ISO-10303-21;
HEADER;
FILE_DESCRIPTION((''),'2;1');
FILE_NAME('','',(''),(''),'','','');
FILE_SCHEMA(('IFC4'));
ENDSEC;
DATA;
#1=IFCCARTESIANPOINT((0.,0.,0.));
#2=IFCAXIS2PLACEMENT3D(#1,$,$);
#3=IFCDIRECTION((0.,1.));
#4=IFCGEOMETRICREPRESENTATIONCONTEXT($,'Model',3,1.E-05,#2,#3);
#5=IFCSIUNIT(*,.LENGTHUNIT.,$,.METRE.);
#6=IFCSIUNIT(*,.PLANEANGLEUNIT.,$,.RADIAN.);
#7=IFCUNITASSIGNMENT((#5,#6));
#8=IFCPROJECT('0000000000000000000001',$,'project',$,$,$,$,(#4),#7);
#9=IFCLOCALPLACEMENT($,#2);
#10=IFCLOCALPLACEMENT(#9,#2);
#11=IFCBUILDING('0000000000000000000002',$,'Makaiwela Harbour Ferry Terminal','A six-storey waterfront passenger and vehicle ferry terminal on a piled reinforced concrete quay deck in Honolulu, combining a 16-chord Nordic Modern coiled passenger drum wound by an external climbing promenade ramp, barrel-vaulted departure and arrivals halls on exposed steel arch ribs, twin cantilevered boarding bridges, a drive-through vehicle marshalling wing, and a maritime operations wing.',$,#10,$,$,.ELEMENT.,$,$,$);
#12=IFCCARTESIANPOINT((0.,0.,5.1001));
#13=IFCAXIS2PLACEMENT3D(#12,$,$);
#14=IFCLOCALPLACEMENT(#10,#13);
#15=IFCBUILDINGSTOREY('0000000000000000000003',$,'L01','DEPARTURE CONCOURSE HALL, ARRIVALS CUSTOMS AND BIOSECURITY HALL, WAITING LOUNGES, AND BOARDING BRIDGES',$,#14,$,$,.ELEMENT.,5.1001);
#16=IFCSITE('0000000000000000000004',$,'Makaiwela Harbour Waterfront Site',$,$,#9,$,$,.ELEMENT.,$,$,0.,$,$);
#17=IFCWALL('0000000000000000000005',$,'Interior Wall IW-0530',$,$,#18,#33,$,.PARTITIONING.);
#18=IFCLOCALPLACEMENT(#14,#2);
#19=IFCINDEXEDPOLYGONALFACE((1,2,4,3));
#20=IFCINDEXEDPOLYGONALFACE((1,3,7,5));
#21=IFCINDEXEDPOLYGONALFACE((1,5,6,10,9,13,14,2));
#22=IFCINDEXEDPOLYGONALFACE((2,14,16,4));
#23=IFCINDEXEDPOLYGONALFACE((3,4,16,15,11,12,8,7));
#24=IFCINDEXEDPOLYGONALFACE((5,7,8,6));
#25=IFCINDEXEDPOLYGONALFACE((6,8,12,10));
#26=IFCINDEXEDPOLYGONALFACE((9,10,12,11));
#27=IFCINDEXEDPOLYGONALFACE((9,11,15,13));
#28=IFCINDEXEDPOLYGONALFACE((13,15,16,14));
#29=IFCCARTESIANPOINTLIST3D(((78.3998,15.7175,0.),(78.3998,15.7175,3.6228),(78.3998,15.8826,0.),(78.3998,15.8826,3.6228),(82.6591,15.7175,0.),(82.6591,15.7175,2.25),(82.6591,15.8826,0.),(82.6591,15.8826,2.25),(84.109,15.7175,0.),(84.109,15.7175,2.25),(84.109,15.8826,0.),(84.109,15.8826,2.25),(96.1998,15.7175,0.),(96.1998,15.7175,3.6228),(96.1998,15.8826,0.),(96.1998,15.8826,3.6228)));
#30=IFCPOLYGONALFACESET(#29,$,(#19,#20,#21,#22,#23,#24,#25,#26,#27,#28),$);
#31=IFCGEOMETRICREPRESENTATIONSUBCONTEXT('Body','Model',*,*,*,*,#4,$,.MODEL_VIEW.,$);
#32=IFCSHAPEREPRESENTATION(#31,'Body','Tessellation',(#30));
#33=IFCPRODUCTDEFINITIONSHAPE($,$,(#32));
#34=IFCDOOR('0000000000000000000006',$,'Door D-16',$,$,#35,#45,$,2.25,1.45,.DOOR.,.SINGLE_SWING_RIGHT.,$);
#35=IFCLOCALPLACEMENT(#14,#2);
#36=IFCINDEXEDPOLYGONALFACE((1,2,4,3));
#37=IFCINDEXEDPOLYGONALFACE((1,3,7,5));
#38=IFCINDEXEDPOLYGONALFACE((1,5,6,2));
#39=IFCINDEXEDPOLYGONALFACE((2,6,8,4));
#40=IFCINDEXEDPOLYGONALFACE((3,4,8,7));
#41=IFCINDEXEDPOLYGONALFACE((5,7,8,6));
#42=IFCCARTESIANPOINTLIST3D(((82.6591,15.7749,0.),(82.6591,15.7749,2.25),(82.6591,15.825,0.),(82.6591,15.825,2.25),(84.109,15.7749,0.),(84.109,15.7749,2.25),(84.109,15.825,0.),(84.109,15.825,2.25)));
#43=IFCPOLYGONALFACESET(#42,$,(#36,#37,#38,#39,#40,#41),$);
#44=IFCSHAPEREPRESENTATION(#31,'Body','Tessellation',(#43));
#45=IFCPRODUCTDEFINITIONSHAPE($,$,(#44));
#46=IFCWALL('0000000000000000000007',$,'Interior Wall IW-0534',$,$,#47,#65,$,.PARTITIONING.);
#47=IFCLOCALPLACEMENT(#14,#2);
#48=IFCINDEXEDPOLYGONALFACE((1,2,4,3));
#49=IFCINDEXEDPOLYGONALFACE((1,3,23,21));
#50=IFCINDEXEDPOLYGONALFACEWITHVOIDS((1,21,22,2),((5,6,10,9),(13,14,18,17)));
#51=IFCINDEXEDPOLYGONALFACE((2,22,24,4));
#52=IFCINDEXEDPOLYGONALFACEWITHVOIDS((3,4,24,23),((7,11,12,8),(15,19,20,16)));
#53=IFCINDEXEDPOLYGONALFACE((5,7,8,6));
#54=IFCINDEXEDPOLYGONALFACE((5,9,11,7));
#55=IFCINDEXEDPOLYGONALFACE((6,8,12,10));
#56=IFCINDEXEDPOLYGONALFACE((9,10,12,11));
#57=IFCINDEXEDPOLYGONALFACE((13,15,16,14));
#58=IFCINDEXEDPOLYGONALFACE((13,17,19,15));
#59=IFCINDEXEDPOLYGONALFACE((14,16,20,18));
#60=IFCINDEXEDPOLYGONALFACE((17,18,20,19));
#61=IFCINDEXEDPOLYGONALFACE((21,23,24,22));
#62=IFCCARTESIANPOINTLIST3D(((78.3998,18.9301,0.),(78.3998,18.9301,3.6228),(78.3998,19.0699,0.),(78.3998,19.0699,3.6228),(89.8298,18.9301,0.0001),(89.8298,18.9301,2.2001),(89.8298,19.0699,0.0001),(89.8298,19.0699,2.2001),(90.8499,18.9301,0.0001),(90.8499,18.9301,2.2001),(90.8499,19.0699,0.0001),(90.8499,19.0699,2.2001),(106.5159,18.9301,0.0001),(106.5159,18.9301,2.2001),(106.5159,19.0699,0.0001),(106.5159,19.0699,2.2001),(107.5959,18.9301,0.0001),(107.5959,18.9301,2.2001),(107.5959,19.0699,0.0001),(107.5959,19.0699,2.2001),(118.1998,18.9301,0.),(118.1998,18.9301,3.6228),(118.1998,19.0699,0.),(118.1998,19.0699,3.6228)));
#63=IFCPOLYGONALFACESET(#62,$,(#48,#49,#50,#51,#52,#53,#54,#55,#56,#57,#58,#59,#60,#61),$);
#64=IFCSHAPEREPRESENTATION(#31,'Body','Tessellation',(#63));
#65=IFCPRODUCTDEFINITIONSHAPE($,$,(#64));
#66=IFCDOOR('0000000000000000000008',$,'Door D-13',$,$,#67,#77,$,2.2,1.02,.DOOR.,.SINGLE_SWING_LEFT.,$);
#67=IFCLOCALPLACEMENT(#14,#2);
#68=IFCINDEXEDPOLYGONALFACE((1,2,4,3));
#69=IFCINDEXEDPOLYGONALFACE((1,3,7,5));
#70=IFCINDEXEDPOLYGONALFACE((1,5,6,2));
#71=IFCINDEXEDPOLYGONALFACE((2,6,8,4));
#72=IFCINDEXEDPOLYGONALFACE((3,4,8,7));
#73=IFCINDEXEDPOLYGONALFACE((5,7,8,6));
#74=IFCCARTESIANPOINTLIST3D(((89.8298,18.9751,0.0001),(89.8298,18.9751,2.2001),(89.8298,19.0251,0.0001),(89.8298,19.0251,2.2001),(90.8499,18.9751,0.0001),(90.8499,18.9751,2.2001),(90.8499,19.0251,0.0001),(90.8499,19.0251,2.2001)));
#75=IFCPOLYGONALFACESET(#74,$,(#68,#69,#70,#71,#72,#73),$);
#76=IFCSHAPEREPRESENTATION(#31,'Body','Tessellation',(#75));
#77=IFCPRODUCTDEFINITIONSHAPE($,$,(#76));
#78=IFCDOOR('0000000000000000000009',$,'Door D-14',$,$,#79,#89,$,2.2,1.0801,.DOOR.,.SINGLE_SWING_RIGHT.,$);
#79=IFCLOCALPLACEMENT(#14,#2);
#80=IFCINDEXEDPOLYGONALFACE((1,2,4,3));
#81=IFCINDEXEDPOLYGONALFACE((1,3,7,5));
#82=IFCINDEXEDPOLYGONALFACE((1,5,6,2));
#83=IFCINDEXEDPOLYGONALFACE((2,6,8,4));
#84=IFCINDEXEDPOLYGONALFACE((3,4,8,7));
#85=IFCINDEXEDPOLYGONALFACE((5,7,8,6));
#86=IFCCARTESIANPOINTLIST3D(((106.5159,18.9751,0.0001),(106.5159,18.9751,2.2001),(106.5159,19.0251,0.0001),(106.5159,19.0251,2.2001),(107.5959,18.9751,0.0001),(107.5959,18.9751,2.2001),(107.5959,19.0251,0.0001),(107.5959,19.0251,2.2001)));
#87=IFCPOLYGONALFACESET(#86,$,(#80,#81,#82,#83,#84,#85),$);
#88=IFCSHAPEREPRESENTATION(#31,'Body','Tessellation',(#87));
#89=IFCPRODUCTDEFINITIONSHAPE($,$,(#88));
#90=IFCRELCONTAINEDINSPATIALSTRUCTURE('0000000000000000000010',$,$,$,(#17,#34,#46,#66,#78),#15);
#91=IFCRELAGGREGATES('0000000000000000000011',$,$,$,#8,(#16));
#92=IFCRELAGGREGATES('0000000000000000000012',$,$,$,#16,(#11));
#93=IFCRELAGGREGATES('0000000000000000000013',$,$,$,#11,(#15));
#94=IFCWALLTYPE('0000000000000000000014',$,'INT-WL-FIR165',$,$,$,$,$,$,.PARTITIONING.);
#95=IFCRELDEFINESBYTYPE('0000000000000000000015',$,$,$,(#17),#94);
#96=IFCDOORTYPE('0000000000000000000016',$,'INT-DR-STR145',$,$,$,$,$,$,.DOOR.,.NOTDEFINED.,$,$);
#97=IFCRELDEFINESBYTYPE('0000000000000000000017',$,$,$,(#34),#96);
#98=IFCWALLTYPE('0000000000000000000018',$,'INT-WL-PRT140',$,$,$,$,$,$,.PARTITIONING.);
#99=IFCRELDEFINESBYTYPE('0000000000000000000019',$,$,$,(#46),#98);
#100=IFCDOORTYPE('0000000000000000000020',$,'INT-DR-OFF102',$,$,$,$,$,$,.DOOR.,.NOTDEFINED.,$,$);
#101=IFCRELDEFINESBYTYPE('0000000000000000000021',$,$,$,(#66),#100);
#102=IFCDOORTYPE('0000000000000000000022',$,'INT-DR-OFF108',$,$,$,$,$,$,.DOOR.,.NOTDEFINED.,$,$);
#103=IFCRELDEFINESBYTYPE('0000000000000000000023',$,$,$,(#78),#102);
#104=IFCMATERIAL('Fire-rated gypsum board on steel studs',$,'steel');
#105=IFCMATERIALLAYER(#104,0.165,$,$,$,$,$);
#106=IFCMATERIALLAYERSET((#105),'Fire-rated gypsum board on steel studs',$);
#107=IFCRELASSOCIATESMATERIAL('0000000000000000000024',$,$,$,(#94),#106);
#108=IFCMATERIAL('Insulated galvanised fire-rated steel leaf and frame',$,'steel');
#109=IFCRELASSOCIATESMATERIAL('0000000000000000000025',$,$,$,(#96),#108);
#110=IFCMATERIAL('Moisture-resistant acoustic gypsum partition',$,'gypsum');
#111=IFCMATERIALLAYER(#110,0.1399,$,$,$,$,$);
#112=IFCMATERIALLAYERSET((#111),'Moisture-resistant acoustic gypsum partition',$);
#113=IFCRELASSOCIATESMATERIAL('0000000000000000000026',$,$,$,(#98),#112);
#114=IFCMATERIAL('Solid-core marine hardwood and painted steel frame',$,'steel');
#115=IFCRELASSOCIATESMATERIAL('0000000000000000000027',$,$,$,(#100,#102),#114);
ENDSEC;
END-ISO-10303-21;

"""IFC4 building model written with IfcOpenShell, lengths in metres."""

from ifc_helpers import new_model, si_unit, direction, frame, frame_2d, origin, place, context, subcontext, project, spatial, rectangle, extrude, material, layer, layer_set, type_object, element, fill, save


model = new_model("IFC4")

# Units and contexts
model_context = context("Model", 3, precision=1e-05, world=origin(), true_north=direction((0.0, 1.0)))
body_context = subcontext(model_context, "Body", "Model", "MODEL_VIEW")
ifc_project = project(units=[si_unit("LENGTHUNIT", "METRE"), si_unit("PLANEANGLEUNIT", "RADIAN")], contexts=[model_context])

# Site, building, storey
site_placement = place(None, origin())
site = spatial("IfcSite", under=ifc_project, at=site_placement, Name="Makaiwela Harbour Waterfront Site", CompositionType="ELEMENT", RefElevation=0.0)
building_placement = place(site_placement, origin())
building = spatial("IfcBuilding", under=site, at=building_placement, Name="Makaiwela Harbour Ferry Terminal", Description="A six-storey waterfront passenger and vehicle ferry terminal on a piled reinforced concrete quay deck in Honolulu, combining a 16-chord Nordic Modern coiled passenger drum wound by an external climbing promenade ramp, barrel-vaulted departure and arrivals halls on exposed steel arch ribs, twin cantilevered boarding bridges, a drive-through vehicle marshalling wing, and a maritime operations wing.", CompositionType="ELEMENT")
storey_placement = place(building_placement, frame((0.0, 0.0, 5.1001)))
storey = spatial("IfcBuildingStorey", under=building, at=storey_placement, Name="L01", Description="DEPARTURE CONCOURSE HALL, ARRIVALS CUSTOMS AND BIOSECURITY HALL, WAITING LOUNGES, AND BOARDING BRIDGES", CompositionType="ELEMENT", Elevation=5.1001)

# Shared definitions
ifc_material_1 = material(Name="Fire-rated gypsum board on steel studs", Category="steel")
ifc_layer_1 = layer(ifc_material_1, 0.165)
ifc_layer_set_1 = layer_set([ifc_layer_1], Name="Fire-rated gypsum board on steel studs")
wall_type_1 = type_object("IfcWallType", Name="INT-WL-FIR165", PredefinedType="PARTITIONING", material=ifc_layer_set_1)

# Wall, opening, door
wall_1_placement = place(storey_placement, frame((78.3999, 15.8, 0.0), z_axis=(0.0, 0.0, 1.0), x_axis=(1.0, 0.0, 0.0)))
wall_1 = element("IfcWall", 1, at=wall_1_placement, inside=storey, type_object=wall_type_1, Name="Interior Wall IW-0530", PredefinedType="PARTITIONING", context=body_context, shape_type="SweptSolid", body=[
    extrude(rectangle(XDim=17.8, YDim=0.165, at=frame_2d((8.8999, 0.0))), origin(), (0.0, 0.0, 1.0), 3.6228),
])
opening_1_placement = place(wall_1_placement, frame((4.259, 0.0, 0.0)))
opening_1 = element("IfcOpeningElement", 2, at=opening_1_placement, cuts=wall_1, PredefinedType="OPENING", context=body_context, shape_type="SweptSolid", body=[
    extrude(rectangle(XDim=1.45, YDim=2.25, at=frame_2d((0.7251, 1.125))), frame((0.0, 0.0925, 0.0), z_axis=(0.0, -1.0, 0.0), x_axis=(1.0, 0.0, 0.0)), (0.0, 0.0, 1.0), 0.1851),
])
ifc_material_2 = material(Name="Insulated galvanised fire-rated steel leaf and frame", Category="steel")
door_type_1 = type_object("IfcDoorType", Name="INT-DR-STR145", OperationType="NOTDEFINED", PredefinedType="DOOR", material=ifc_material_2)
door_1_placement = place(opening_1_placement, origin())
door_1 = element("IfcDoor", 3, at=door_1_placement, inside=storey, type_object=door_type_1, Name="Door D-16", OperationType="SINGLE_SWING_RIGHT", OverallHeight=2.25, OverallWidth=1.45, PredefinedType="DOOR", context=body_context, shape_type="SweptSolid", body=[
    extrude(rectangle(XDim=1.45, YDim=2.25, at=frame_2d((0.7251, 1.125))), frame((0.0, 0.0249, 0.0), z_axis=(0.0, -1.0, 0.0), x_axis=(1.0, 0.0, 0.0)), (0.0, 0.0, 1.0), 0.05),
])
fill(opening_1, door_1)

# Wall, openings, doors
ifc_material_3 = material(Name="Moisture-resistant acoustic gypsum partition", Category="gypsum")
ifc_layer_2 = layer(ifc_material_3, 0.1399)
ifc_layer_set_2 = layer_set([ifc_layer_2], Name="Moisture-resistant acoustic gypsum partition")
wall_type_2 = type_object("IfcWallType", Name="INT-WL-PRT140", PredefinedType="PARTITIONING", material=ifc_layer_set_2)
wall_2_placement = place(storey_placement, frame((78.3999, 19.0, 0.0), z_axis=(0.0, 0.0, 1.0), x_axis=(1.0, 0.0, 0.0)))
wall_2 = element("IfcWall", 4, at=wall_2_placement, inside=storey, type_object=wall_type_2, Name="Interior Wall IW-0534", PredefinedType="PARTITIONING", context=body_context, shape_type="SweptSolid", body=[
    extrude(rectangle(XDim=39.8, YDim=0.1399, at=frame_2d((19.8999, 0.0))), origin(), (0.0, 0.0, 1.0), 3.6228),
])
opening_2_placement = place(wall_2_placement, frame((11.4299, 0.0, 0.0)))
opening_2 = element("IfcOpeningElement", 5, at=opening_2_placement, cuts=wall_2, PredefinedType="OPENING", context=body_context, shape_type="SweptSolid", body=[
    extrude(rectangle(XDim=1.02, YDim=2.2, at=frame_2d((0.51, 1.1001))), frame((0.0, 0.0798, 0.0), z_axis=(0.0, -1.0, 0.0), x_axis=(1.0, 0.0, 0.0)), (0.0, 0.0, 1.0), 0.1599),
])
opening_3_placement = place(wall_2_placement, frame((28.116, 0.0, 0.0)))
opening_3 = element("IfcOpeningElement", 6, at=opening_3_placement, cuts=wall_2, PredefinedType="OPENING", context=body_context, shape_type="SweptSolid", body=[
    extrude(rectangle(XDim=1.0801, YDim=2.2, at=frame_2d((0.54, 1.1001))), frame((0.0, 0.0798, 0.0), z_axis=(0.0, -1.0, 0.0), x_axis=(1.0, 0.0, 0.0)), (0.0, 0.0, 1.0), 0.1599),
])
ifc_material_4 = material(Name="Solid-core marine hardwood and painted steel frame", Category="steel")
door_type_2 = type_object("IfcDoorType", Name="INT-DR-OFF102", OperationType="NOTDEFINED", PredefinedType="DOOR", material=ifc_material_4)
door_2_placement = place(opening_2_placement, frame((1.02, 0.0, 0.0), z_axis=(0.0, 0.0, 1.0), x_axis=(-1.0, 0.0, 0.0)))
door_2 = element("IfcDoor", 7, at=door_2_placement, inside=storey, type_object=door_type_2, Name="Door D-13", OperationType="SINGLE_SWING_LEFT", OverallHeight=2.2, OverallWidth=1.02, PredefinedType="DOOR", context=body_context, shape_type="SweptSolid", body=[
    extrude(rectangle(XDim=1.02, YDim=2.2, at=frame_2d((0.51, 1.1001))), frame((0.0, 0.0249, 0.0), z_axis=(0.0, -1.0, 0.0), x_axis=(1.0, 0.0, 0.0)), (0.0, 0.0, 1.0), 0.05),
])
fill(opening_2, door_2)
door_type_3 = type_object("IfcDoorType", Name="INT-DR-OFF108", OperationType="NOTDEFINED", PredefinedType="DOOR", material=ifc_material_4)
door_3_placement = place(opening_3_placement, frame((1.0801, 0.0, 0.0), z_axis=(0.0, 0.0, 1.0), x_axis=(-1.0, 0.0, 0.0)))
door_3 = element("IfcDoor", 8, at=door_3_placement, inside=storey, type_object=door_type_3, Name="Door D-14", OperationType="SINGLE_SWING_RIGHT", OverallHeight=2.2, OverallWidth=1.0801, PredefinedType="DOOR", context=body_context, shape_type="SweptSolid", body=[
    extrude(rectangle(XDim=1.0801, YDim=2.2, at=frame_2d((0.54, 1.1001))), frame((0.0, 0.0249, 0.0), z_axis=(0.0, -1.0, 0.0), x_axis=(1.0, 0.0, 0.0)), (0.0, 0.0, 1.0), 0.05),
])
fill(opening_3, door_3)

save(model, "model.ifc")
